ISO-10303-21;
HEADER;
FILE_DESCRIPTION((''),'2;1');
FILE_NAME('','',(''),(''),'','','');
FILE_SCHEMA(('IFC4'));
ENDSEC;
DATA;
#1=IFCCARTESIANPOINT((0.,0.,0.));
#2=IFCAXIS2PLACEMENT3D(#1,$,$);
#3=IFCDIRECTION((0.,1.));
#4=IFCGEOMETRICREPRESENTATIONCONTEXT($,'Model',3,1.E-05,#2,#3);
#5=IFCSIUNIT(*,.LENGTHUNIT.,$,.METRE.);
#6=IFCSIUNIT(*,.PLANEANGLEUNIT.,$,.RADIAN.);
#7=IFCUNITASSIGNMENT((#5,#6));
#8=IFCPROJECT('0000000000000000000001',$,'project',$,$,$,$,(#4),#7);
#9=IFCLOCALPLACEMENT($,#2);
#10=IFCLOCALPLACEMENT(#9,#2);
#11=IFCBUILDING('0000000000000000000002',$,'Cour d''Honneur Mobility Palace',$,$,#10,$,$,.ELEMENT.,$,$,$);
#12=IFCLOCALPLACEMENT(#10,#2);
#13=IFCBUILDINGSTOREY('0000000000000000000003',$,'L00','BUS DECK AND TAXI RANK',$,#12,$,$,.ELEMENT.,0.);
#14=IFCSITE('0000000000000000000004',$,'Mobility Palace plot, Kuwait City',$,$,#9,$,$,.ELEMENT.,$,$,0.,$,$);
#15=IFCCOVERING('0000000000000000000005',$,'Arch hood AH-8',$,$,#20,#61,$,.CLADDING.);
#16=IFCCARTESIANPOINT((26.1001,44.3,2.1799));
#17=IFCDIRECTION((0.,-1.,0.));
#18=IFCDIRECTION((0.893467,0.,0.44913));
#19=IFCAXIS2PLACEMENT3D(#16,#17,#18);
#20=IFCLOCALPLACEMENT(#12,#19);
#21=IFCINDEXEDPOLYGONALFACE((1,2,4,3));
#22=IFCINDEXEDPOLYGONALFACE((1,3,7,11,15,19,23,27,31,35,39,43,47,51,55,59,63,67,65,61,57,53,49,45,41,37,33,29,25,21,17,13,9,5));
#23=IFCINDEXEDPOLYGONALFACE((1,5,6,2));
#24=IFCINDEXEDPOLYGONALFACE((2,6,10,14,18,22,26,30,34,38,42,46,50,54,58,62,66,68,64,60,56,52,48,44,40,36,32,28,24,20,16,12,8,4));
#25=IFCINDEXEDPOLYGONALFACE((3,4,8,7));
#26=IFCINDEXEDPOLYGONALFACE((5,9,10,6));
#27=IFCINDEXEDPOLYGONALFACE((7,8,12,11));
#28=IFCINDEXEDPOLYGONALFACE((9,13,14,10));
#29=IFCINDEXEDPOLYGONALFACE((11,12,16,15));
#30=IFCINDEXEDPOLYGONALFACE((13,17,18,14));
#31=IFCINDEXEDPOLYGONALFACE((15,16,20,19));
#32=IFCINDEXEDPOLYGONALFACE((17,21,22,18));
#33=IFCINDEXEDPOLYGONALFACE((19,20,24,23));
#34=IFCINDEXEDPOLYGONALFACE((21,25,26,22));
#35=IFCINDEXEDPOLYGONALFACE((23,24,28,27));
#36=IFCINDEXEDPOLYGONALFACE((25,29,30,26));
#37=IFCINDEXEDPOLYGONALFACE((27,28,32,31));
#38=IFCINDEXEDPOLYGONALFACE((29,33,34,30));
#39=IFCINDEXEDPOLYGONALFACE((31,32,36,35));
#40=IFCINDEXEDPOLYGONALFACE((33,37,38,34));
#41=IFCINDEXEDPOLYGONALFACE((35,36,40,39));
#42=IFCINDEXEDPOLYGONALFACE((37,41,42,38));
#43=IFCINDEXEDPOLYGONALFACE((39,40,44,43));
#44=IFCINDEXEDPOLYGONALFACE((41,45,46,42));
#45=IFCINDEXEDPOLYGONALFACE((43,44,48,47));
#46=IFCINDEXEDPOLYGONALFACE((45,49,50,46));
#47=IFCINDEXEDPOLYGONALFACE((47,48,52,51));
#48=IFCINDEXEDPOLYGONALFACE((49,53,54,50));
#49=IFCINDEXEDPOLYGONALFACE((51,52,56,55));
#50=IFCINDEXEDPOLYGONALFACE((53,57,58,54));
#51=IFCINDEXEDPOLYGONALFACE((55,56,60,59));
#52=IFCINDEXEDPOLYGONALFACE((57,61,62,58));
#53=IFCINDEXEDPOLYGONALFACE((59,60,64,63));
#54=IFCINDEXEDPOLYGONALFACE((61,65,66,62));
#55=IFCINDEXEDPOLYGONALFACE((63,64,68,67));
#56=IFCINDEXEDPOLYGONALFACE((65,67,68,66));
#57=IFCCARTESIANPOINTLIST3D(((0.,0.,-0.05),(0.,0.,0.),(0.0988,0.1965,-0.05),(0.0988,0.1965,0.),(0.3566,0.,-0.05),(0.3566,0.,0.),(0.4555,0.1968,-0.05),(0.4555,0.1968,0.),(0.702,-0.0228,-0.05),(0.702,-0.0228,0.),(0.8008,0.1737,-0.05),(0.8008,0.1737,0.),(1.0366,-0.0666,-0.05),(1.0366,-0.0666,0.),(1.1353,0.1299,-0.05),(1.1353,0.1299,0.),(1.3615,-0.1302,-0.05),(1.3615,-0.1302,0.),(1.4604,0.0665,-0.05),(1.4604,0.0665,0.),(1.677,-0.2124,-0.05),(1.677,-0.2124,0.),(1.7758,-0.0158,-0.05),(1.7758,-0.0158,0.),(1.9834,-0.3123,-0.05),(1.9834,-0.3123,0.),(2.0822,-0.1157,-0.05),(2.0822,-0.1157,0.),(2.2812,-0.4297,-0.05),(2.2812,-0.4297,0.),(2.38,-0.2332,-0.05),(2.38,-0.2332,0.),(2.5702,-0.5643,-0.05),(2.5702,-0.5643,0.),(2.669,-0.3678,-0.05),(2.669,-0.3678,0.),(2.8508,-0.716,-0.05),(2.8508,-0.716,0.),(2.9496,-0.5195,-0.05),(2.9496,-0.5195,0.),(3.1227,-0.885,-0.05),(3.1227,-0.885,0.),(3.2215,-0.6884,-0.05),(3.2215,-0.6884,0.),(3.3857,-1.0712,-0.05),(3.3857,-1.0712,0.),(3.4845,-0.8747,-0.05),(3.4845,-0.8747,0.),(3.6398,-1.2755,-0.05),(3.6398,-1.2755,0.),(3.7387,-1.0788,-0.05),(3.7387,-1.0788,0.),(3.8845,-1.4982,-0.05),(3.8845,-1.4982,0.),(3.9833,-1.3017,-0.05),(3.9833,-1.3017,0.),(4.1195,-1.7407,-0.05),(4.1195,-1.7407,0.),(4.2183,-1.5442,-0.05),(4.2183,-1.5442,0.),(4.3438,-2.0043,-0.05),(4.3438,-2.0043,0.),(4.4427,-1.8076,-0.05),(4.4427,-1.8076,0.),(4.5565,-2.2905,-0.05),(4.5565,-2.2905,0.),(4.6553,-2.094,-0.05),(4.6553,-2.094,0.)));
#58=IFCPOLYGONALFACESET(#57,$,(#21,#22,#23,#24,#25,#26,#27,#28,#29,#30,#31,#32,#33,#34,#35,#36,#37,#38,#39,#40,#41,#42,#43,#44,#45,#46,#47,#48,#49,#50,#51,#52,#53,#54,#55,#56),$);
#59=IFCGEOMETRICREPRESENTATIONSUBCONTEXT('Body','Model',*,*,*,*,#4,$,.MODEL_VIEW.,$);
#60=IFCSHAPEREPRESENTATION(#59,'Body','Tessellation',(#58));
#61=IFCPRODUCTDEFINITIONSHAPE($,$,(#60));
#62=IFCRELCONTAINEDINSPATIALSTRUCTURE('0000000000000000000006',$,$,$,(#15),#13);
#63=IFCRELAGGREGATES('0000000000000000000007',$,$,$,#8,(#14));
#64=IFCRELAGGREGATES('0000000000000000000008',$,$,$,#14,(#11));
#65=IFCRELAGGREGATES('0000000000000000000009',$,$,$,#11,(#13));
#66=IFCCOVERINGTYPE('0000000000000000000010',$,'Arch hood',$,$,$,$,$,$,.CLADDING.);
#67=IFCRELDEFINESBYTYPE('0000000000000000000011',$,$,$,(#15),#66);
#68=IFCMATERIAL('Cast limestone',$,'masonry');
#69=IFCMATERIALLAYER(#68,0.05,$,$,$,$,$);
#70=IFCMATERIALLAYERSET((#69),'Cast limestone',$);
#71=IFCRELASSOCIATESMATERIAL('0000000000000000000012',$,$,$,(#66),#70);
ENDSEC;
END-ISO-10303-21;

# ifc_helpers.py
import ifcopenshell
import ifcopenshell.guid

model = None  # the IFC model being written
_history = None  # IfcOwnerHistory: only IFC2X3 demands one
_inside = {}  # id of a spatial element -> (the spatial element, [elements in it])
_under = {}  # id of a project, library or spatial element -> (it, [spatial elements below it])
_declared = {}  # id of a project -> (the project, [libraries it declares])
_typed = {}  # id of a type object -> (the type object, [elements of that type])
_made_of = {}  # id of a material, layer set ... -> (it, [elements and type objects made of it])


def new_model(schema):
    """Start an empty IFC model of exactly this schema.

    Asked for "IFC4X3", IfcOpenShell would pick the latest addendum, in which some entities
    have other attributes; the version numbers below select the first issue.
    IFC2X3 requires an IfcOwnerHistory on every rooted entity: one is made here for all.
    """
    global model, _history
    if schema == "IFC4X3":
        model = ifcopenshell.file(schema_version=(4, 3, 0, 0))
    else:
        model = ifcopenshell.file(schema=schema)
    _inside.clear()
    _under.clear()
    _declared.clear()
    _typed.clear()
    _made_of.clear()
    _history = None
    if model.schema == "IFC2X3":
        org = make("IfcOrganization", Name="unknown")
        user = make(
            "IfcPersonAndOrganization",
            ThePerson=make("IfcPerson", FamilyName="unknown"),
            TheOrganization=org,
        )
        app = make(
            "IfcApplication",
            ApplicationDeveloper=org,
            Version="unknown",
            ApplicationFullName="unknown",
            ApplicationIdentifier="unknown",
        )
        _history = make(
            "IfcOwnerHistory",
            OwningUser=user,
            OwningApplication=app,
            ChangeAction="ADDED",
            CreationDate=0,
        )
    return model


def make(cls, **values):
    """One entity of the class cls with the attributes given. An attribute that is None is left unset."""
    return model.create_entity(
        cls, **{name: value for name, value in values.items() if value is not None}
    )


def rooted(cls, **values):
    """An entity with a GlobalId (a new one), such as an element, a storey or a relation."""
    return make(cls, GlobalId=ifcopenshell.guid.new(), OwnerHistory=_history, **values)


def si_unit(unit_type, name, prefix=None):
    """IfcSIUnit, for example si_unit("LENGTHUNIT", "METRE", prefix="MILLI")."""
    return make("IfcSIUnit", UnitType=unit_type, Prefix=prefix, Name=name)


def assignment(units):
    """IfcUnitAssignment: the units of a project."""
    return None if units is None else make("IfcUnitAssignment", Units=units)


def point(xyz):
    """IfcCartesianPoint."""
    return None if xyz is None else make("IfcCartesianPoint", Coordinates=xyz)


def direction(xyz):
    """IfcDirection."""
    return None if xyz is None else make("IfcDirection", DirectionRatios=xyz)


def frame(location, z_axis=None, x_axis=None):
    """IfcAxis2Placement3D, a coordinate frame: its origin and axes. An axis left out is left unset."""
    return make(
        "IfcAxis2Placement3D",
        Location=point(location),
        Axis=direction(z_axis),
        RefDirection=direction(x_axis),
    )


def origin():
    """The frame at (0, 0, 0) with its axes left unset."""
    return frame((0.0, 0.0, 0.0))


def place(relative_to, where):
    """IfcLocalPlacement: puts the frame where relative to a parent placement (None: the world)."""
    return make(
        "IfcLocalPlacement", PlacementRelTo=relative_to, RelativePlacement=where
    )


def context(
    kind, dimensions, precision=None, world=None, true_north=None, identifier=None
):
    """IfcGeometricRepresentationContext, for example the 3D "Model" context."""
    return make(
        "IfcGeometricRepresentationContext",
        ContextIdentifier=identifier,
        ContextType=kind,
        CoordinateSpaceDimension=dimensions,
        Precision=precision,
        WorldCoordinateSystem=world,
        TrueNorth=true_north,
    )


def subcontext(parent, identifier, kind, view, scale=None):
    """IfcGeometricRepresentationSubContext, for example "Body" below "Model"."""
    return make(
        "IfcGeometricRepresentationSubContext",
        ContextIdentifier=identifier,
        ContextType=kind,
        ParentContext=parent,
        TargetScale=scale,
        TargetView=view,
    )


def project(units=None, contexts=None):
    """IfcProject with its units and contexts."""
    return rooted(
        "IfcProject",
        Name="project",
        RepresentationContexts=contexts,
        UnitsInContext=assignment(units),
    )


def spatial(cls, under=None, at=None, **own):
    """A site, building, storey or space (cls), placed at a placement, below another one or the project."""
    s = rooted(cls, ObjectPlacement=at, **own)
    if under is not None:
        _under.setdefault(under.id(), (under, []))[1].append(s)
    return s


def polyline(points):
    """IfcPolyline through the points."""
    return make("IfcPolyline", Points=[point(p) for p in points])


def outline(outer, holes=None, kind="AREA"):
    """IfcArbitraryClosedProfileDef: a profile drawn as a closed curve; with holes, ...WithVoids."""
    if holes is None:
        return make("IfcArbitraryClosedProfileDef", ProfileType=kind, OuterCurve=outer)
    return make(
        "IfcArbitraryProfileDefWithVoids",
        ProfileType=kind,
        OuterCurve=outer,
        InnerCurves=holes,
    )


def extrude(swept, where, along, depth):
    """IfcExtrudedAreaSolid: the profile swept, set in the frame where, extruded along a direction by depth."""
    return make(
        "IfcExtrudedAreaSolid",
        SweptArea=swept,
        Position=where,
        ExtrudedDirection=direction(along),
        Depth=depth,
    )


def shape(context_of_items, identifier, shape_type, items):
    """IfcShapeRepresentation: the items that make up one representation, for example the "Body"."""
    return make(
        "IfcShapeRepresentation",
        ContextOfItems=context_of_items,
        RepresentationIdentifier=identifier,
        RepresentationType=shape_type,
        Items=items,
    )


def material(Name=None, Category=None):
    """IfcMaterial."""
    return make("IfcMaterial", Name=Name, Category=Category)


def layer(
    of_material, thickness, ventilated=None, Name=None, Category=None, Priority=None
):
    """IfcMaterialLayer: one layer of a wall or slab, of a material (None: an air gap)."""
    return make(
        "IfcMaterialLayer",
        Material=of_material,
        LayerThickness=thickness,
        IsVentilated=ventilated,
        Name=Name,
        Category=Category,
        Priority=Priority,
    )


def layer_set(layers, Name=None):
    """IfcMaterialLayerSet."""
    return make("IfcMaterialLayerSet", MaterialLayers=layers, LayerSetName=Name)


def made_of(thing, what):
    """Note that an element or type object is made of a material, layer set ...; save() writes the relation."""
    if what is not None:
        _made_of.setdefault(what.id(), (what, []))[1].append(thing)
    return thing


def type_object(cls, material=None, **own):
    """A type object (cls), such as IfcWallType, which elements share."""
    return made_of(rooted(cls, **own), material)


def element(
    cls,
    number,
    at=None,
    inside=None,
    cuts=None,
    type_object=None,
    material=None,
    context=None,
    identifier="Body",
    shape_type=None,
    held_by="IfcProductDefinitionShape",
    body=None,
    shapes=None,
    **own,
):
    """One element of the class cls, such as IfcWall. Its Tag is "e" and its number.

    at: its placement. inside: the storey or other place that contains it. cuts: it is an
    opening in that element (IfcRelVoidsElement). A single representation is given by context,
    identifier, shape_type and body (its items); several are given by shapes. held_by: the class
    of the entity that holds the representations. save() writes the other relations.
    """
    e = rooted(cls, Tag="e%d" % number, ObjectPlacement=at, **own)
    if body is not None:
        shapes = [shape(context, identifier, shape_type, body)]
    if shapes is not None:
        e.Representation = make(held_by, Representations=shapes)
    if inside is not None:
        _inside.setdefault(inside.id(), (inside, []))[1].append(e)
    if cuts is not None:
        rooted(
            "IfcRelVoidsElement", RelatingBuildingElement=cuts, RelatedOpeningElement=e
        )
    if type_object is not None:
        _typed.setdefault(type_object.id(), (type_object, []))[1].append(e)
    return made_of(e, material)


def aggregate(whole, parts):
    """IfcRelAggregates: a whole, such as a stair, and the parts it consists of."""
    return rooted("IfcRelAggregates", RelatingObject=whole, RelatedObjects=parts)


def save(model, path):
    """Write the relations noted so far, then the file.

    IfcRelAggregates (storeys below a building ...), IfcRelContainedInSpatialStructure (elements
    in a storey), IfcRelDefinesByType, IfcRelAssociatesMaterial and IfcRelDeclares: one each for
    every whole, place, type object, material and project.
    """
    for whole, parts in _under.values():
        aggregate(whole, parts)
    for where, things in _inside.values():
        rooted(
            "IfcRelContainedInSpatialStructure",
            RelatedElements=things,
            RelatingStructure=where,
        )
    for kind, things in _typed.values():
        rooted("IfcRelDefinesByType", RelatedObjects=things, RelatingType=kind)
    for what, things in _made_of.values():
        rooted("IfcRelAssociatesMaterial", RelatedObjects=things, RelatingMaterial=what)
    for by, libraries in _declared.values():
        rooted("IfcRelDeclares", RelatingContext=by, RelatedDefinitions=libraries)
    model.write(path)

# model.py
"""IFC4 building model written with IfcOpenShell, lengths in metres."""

from ifc_helpers import new_model, si_unit, direction, frame, origin, place, context, subcontext, project, spatial, polyline, outline, extrude, material, layer, layer_set, type_object, element, save


model = new_model("IFC4")

# Units and contexts
model_context = context("Model", 3, precision=1e-05, world=origin(), true_north=direction((0.0, 1.0)))
body_context = subcontext(model_context, "Body", "Model", "MODEL_VIEW")
ifc_project = project(units=[si_unit("LENGTHUNIT", "METRE"), si_unit("PLANEANGLEUNIT", "RADIAN")], contexts=[model_context])

# Site, building, storey
site_placement = place(None, origin())
site = spatial("IfcSite", under=ifc_project, at=site_placement, Name="Mobility Palace plot, Kuwait City", CompositionType="ELEMENT", RefElevation=0.0)
building_placement = place(site_placement, origin())
building = spatial("IfcBuilding", under=site, at=building_placement, Name="Cour d'Honneur Mobility Palace", CompositionType="ELEMENT")
storey_placement = place(building_placement, origin())
storey = spatial("IfcBuildingStorey", under=building, at=storey_placement, Name="L00", Description="BUS DECK AND TAXI RANK", CompositionType="ELEMENT", Elevation=0.0)

# Covering
ifc_material_1 = material(Name="Cast limestone", Category="masonry")
ifc_layer_1 = layer(ifc_material_1, 0.05)
ifc_layer_set_1 = layer_set([ifc_layer_1], Name="Cast limestone")
covering_type_1 = type_object("IfcCoveringType", Name="Arch hood", PredefinedType="CLADDING", material=ifc_layer_set_1)
for number, where, z_axis, x_axis, name in (
    (1, (26.1001, 44.3, 2.1799), (0.0, -1.0, 0.0), (0.893467, 0.0, 0.44913), "Arch hood AH-8"),
):
    element("IfcCovering", number, at=place(storey_placement, frame(where, z_axis=z_axis, x_axis=x_axis)), inside=storey, type_object=covering_type_1, Name=name, PredefinedType="CLADDING", context=body_context, shape_type="SweptSolid", body=[
        extrude(outline(polyline([(0.0, 0.0), (0.3566, 0.0), (0.702, -0.0228), (1.0366, -0.0666), (1.3615, -0.1302), (1.677, -0.2124), (1.9834, -0.3123), (2.2812, -0.4297), (2.5702, -0.5643), (2.8508, -0.716), (3.1227, -0.885), (3.3857, -1.0712), (3.6398, -1.2755), (3.8845, -1.4982), (4.1195, -1.7407), (4.3438, -2.0043), (4.5565, -2.2905), (4.6553, -2.094), (4.4427, -1.8076), (4.2183, -1.5442), (3.9833, -1.3017), (3.7387, -1.0788), (3.4845, -0.8747), (3.2215, -0.6884), (2.9496, -0.5195), (2.669, -0.3678), (2.38, -0.2332), (2.0822, -0.1157), (1.7758, -0.0158), (1.4604, 0.0665), (1.1353, 0.1299), (0.8008, 0.1737), (0.4555, 0.1968), (0.0988, 0.1965), (0.0, 0.0)])), origin(), (0.0, 0.0, -1.0), 0.05),
    ])

save(model, "model.ifc")
